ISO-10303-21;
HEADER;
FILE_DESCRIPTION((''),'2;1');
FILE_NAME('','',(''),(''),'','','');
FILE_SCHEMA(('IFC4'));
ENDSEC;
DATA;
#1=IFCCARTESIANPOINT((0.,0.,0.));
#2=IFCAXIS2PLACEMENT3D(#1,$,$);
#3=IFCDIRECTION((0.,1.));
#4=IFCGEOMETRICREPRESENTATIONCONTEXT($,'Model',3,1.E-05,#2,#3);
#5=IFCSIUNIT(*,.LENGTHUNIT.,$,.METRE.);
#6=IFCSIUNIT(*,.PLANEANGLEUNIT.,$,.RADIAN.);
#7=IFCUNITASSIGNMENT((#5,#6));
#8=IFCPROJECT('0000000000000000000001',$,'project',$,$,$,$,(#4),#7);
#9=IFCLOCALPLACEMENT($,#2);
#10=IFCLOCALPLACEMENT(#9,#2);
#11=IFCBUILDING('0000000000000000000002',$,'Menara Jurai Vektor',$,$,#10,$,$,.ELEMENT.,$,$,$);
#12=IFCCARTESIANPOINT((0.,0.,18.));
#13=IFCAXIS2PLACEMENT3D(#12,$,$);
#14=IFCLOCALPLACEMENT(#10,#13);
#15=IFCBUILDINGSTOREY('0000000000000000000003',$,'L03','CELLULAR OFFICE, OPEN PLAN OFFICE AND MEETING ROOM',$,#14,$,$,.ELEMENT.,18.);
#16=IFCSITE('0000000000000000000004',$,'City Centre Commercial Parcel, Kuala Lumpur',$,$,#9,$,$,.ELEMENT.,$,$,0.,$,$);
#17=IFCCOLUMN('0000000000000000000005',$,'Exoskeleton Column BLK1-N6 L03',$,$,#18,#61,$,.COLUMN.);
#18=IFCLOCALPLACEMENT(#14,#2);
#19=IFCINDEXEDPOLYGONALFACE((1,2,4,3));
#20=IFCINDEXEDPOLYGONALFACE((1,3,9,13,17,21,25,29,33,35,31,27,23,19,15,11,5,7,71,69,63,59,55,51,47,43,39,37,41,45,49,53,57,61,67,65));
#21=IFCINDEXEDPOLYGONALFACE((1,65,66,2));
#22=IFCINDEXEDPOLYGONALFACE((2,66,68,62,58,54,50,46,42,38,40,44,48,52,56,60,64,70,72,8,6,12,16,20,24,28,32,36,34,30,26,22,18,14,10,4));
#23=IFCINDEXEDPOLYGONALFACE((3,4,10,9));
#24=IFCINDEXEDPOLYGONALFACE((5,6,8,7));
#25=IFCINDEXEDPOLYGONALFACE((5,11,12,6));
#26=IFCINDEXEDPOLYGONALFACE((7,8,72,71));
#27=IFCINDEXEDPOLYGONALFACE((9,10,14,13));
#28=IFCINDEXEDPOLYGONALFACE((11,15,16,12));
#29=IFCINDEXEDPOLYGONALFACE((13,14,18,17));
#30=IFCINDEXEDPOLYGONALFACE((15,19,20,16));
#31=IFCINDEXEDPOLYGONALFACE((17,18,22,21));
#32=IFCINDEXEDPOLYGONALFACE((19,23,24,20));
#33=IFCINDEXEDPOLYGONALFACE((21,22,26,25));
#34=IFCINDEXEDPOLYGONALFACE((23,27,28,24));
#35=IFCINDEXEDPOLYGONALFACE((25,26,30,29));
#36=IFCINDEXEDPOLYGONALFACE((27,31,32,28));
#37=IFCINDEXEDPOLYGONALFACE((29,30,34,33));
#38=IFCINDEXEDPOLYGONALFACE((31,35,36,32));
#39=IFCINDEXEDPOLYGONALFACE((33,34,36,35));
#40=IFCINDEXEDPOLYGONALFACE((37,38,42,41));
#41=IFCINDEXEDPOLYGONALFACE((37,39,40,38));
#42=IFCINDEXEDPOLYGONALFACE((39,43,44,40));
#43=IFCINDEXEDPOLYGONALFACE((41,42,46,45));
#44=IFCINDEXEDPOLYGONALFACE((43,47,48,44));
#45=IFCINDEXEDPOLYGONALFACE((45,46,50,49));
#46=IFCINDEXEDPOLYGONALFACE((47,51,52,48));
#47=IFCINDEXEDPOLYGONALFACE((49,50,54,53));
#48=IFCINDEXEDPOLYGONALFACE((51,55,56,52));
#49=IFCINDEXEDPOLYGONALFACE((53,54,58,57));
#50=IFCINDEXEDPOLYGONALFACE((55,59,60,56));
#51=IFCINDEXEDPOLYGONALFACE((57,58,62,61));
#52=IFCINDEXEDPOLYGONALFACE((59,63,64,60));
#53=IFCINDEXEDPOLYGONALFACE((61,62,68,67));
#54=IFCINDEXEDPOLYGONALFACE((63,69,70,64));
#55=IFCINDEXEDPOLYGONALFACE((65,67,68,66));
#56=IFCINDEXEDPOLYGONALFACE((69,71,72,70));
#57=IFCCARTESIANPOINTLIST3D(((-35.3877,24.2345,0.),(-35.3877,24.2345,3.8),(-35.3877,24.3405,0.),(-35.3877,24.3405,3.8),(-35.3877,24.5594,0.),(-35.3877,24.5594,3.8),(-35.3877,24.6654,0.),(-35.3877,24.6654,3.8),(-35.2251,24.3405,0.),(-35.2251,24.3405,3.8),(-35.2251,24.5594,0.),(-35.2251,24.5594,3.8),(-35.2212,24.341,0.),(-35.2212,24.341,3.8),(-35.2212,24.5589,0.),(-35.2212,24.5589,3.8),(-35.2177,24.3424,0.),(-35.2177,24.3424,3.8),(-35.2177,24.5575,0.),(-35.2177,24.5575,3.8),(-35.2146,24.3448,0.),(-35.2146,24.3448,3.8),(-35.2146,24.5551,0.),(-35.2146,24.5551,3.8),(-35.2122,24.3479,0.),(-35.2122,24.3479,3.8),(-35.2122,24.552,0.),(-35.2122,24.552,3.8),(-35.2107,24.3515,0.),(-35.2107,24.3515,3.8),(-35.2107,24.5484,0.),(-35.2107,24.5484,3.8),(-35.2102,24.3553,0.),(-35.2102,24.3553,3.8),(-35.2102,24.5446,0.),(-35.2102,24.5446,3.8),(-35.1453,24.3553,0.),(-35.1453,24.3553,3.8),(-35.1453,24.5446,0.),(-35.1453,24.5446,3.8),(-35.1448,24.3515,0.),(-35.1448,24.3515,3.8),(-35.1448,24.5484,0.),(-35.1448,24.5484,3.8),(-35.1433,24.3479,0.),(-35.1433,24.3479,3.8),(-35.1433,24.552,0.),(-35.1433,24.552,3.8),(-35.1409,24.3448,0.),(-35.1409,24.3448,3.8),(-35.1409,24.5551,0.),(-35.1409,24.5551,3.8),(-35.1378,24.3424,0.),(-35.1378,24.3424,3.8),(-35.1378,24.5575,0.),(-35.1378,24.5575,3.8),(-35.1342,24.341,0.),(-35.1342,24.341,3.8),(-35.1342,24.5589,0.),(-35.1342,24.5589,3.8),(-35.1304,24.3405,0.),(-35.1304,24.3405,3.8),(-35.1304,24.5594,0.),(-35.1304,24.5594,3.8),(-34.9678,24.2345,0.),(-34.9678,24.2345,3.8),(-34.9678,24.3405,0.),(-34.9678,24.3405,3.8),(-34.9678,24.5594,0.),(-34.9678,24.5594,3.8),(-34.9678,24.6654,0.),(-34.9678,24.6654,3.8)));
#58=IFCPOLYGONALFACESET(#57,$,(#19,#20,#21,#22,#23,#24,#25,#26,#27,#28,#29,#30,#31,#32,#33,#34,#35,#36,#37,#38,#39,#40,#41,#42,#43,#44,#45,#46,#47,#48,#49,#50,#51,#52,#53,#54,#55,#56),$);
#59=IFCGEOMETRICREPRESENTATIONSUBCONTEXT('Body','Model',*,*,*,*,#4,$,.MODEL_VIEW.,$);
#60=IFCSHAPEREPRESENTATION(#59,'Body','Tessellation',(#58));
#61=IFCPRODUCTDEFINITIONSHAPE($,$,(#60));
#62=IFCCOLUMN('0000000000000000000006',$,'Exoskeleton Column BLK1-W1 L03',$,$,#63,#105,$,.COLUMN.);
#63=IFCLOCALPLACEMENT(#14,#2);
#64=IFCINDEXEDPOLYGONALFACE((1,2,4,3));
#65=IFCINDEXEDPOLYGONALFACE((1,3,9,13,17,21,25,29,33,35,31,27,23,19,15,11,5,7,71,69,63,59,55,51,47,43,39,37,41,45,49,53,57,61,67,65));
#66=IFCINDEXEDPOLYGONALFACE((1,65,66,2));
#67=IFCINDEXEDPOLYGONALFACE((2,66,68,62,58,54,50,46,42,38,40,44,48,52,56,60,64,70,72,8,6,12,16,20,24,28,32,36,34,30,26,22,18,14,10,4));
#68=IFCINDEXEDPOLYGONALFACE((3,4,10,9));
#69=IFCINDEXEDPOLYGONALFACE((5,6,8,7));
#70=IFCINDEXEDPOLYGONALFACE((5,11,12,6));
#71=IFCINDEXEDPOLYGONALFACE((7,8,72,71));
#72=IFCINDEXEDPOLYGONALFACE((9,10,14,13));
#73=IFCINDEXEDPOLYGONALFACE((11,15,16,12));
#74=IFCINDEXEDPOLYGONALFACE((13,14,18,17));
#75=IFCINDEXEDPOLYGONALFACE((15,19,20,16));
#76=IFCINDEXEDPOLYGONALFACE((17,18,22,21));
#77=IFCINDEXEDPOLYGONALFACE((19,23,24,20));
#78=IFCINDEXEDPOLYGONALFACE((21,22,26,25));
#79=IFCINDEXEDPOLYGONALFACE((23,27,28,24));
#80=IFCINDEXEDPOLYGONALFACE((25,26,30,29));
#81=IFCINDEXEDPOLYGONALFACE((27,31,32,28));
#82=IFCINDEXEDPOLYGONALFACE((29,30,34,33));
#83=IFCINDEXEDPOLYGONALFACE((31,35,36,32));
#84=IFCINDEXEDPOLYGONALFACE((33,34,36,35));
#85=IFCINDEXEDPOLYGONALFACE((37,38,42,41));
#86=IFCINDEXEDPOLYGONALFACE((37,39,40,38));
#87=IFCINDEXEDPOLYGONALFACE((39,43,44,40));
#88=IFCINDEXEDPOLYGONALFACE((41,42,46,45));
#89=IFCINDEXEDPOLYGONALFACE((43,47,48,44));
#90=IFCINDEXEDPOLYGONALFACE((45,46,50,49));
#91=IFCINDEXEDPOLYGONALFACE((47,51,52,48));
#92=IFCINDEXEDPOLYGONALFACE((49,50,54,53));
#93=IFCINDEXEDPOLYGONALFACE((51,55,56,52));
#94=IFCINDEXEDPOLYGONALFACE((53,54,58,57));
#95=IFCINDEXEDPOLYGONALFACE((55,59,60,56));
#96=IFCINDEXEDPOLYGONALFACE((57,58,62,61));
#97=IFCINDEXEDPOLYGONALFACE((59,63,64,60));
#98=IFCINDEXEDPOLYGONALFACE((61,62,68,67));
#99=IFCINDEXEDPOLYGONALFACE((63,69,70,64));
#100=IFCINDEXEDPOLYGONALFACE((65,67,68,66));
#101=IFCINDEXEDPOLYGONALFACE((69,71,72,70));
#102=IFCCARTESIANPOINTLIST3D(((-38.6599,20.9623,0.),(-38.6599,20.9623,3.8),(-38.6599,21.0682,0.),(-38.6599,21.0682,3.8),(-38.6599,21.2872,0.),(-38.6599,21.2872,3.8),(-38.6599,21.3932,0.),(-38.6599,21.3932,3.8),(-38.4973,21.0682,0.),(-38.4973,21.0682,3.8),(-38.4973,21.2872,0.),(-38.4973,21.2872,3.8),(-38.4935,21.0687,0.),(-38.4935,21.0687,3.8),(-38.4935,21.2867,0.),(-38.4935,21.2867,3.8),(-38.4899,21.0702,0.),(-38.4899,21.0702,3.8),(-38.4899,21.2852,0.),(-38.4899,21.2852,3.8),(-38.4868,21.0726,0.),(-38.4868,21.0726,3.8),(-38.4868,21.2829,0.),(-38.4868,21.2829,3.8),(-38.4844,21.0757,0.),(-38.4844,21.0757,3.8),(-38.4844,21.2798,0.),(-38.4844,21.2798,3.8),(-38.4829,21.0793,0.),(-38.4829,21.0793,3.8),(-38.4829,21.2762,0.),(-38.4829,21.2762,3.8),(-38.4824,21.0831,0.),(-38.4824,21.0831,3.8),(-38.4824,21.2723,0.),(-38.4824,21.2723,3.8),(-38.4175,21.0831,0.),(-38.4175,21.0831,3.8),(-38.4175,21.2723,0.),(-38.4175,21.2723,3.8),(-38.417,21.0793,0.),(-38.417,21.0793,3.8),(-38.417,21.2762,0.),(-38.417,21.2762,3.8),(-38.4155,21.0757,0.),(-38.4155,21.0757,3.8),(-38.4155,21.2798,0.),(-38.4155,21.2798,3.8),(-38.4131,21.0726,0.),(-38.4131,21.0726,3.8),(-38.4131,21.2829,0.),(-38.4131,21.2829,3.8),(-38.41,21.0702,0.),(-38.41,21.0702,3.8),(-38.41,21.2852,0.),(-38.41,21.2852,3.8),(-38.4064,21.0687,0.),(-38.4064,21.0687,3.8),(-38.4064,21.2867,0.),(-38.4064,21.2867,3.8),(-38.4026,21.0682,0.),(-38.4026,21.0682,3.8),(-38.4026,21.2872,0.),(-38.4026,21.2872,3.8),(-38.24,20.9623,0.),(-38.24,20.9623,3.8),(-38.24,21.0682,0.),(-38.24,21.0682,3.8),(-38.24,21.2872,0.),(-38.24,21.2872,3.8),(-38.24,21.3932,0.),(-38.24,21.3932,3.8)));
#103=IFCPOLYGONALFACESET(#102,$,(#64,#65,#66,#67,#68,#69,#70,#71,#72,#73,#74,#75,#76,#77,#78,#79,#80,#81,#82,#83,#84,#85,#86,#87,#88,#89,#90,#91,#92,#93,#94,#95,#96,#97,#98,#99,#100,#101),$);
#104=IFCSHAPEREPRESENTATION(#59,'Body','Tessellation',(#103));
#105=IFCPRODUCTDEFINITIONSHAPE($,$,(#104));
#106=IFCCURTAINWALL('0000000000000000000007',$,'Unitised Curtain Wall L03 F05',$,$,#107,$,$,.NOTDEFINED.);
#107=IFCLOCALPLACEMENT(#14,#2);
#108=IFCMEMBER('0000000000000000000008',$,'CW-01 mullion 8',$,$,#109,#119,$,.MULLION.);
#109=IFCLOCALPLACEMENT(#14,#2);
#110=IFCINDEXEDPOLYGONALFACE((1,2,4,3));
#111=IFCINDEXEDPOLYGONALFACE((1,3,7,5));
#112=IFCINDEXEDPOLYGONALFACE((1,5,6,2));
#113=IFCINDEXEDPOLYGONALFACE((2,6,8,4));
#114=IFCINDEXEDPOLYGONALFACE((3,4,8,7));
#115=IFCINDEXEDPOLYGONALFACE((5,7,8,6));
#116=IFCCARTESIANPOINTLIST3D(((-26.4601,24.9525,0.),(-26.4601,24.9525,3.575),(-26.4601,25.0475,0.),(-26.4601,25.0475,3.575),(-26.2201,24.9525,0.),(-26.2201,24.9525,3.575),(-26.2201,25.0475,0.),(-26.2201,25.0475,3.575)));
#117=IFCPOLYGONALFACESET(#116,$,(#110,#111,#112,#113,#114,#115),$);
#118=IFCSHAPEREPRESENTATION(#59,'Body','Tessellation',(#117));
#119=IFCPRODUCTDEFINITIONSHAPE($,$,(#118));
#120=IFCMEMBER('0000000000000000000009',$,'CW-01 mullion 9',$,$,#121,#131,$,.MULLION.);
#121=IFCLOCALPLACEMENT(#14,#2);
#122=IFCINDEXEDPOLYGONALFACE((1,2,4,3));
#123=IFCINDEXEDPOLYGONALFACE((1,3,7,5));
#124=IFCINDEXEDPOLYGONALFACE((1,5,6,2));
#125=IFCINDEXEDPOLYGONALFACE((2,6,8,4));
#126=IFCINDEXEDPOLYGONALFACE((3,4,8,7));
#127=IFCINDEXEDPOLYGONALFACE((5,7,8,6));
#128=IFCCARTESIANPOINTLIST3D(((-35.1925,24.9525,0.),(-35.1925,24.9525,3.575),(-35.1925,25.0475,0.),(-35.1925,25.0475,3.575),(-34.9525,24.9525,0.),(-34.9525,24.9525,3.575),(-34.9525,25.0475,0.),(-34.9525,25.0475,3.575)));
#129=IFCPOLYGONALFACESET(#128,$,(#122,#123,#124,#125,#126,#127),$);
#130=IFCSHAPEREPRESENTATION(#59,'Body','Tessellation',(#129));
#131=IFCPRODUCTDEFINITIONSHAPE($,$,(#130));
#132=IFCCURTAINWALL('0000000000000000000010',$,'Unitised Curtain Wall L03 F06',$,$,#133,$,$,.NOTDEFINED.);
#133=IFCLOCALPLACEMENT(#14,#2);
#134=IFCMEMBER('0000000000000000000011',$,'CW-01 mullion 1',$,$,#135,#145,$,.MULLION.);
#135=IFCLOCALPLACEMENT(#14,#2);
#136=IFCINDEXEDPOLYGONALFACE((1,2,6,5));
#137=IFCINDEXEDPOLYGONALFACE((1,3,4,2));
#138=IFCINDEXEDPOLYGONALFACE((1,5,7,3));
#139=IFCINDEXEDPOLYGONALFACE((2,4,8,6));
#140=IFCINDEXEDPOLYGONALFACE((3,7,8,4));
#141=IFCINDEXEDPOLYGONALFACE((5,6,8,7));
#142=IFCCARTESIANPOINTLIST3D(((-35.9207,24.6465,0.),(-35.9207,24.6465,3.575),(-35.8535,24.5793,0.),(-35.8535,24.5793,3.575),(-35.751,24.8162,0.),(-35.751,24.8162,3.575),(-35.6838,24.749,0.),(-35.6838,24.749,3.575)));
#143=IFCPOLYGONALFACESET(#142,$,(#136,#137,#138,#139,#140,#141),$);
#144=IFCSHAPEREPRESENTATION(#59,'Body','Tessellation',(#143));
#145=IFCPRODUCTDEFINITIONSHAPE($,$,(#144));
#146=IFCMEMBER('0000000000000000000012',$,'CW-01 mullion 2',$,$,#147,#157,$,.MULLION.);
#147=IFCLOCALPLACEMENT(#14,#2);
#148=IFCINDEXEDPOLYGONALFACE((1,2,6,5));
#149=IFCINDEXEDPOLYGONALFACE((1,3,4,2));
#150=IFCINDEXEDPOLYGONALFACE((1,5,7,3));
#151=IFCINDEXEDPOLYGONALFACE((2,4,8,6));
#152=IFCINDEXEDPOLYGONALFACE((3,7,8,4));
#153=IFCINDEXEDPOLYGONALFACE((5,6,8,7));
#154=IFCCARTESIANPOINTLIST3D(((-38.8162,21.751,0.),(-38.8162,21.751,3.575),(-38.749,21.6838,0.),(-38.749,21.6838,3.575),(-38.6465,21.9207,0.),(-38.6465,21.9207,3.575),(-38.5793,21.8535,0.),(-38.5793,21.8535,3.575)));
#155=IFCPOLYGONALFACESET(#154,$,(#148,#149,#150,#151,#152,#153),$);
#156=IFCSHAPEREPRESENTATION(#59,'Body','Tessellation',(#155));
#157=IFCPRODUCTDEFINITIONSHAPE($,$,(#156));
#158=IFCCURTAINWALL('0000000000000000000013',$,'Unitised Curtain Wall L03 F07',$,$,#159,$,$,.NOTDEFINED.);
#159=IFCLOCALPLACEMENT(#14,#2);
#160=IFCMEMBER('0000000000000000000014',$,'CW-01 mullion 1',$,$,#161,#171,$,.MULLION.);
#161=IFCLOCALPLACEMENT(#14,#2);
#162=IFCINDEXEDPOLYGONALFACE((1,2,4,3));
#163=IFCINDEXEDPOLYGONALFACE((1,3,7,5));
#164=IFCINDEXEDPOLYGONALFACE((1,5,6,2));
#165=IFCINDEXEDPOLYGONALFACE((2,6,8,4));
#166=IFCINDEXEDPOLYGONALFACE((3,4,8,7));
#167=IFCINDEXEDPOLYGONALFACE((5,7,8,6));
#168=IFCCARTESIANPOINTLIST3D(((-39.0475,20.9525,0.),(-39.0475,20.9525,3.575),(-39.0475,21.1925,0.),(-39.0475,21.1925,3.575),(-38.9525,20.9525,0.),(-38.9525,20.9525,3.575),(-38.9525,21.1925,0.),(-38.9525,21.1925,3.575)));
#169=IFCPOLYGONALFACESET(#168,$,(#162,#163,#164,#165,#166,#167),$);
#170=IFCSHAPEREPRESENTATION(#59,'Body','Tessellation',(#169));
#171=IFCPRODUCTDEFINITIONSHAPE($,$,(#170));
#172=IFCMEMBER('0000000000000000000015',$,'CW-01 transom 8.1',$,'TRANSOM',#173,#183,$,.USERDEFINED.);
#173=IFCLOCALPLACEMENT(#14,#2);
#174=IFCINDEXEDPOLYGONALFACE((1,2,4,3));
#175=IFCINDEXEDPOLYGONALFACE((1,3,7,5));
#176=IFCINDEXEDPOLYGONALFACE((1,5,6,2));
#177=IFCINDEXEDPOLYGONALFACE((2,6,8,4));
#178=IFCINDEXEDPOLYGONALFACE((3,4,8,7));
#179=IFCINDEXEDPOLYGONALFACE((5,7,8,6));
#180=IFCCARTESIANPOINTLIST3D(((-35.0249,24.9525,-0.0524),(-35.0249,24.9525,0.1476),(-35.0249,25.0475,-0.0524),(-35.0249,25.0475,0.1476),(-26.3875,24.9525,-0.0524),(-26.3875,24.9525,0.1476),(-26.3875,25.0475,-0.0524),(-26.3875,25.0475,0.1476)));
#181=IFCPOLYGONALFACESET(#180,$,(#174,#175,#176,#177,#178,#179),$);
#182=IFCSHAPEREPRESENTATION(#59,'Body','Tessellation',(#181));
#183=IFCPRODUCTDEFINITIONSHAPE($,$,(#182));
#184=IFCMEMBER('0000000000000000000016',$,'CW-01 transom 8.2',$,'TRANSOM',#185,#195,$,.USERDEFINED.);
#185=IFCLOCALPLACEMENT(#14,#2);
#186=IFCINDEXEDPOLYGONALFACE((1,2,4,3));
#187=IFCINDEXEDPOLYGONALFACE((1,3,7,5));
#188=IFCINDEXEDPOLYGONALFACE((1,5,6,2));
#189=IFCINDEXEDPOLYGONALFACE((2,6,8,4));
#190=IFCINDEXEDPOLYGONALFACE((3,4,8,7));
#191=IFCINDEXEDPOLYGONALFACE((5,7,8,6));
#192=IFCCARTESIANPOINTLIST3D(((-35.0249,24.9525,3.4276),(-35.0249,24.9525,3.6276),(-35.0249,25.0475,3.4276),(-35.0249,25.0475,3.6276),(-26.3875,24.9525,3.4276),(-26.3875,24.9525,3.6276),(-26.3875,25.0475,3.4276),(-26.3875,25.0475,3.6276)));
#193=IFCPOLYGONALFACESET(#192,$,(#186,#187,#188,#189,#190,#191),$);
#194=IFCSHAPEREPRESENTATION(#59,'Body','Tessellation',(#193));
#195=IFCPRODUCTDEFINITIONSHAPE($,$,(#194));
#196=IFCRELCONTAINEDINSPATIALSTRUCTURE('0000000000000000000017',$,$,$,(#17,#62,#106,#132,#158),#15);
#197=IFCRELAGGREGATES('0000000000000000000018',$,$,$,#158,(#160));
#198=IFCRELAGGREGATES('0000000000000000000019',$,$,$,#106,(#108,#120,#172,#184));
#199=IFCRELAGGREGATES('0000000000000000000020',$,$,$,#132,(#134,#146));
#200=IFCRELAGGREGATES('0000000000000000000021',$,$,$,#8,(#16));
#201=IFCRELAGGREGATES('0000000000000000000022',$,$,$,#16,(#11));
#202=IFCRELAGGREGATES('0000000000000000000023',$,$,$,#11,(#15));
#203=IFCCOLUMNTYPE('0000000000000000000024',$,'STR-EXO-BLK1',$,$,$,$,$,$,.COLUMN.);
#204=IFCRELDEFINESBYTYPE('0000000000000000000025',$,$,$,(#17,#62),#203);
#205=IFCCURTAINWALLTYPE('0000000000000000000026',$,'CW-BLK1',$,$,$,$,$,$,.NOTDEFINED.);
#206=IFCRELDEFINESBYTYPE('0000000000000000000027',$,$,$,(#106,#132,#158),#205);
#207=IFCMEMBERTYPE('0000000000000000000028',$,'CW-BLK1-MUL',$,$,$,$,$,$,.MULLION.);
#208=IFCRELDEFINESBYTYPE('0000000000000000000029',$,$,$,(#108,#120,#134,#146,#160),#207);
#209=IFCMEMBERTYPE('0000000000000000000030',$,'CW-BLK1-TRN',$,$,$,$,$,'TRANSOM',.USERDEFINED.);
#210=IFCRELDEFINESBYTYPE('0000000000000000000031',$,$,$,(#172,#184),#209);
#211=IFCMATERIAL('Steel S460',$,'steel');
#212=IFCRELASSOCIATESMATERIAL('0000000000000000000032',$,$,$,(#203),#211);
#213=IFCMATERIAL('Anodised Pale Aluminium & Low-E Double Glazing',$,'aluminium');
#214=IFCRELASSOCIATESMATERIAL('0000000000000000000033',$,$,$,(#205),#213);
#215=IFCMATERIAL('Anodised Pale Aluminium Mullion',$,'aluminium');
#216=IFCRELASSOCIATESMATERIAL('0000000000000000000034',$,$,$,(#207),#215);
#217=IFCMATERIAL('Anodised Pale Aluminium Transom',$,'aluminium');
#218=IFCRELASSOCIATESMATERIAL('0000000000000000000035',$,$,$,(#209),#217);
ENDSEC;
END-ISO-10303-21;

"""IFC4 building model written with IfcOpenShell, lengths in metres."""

from ifc_helpers import new_model, si_unit, direction, frame, origin, origin_2d, place, context, subcontext, project, spatial, rectangle, i_section, extrude, material, material_profile, profile_set, type_object, element, aggregate, save


model = new_model("IFC4")

# Units and contexts
model_context = context("Model", 3, precision=1e-05, world=origin(), true_north=direction((0.0, 1.0)))
body_context = subcontext(model_context, "Body", "Model", "MODEL_VIEW")
ifc_project = project(units=[si_unit("LENGTHUNIT", "METRE"), si_unit("PLANEANGLEUNIT", "RADIAN")], contexts=[model_context])

# Site, building, storey
site_placement = place(None, origin())
site = spatial("IfcSite", under=ifc_project, at=site_placement, Name="City Centre Commercial Parcel, Kuala Lumpur", CompositionType="ELEMENT", RefElevation=0.0)
building_placement = place(site_placement, origin())
building = spatial("IfcBuilding", under=site, at=building_placement, Name="Menara Jurai Vektor", CompositionType="ELEMENT")
storey_placement = place(building_placement, frame((0.0, 0.0, 18.0)))
storey = spatial("IfcBuildingStorey", under=building, at=storey_placement, Name="L03", Description="CELLULAR OFFICE, OPEN PLAN OFFICE AND MEETING ROOM", CompositionType="ELEMENT", Elevation=18.0)

# Columns
ifc_material_1 = material(Name="Steel S460", Category="steel")
ifc_material_profile_1 = material_profile(ifc_material_1, i_section(OverallWidth=0.4199, OverallDepth=0.4309, WebThickness=0.0649, FlangeThickness=0.106, FilletRadius=0.0149, at=origin_2d()), Name="HD 400x900")
ifc_profile_set_1 = profile_set([ifc_material_profile_1], Name="Steel S460")
column_type = type_object("IfcColumnType", Name="STR-EXO-BLK1", PredefinedType="COLUMN", material=ifc_profile_set_1)
for number, where, z_axis, x_axis, name in (
    (1, (-35.1777, 24.45, 0.0), (0.0, 0.0, 1.0), (1.0, 0.0, 0.0), "Exoskeleton Column BLK1-N6 L03"),
    (2, (-38.45, 21.1777, 0.0), (0.0, 0.0, 1.0), (1.0, 0.0, 0.0), "Exoskeleton Column BLK1-W1 L03"),
):
    element("IfcColumn", number, at=place(storey_placement, frame(where, z_axis=z_axis, x_axis=x_axis)), inside=storey, type_object=column_type, Name=name, PredefinedType="COLUMN", context=body_context, shape_type="SweptSolid", body=[
        extrude(i_section(OverallWidth=0.4199, OverallDepth=0.4309, WebThickness=0.0649, FlangeThickness=0.106, FilletRadius=0.0149, at=origin_2d()), origin(), (0.0, 0.0, 1.0), 3.8),
    ])

# Curtain walls, members
ifc_material_2 = material(Name="Anodised Pale Aluminium & Low-E Double Glazing", Category="aluminium")
curtain_wall_type = type_object("IfcCurtainWallType", Name="CW-BLK1", PredefinedType="NOTDEFINED", material=ifc_material_2)
curtain_wall_1_placement = place(storey_placement, origin())
curtain_wall_1 = element("IfcCurtainWall", 3, at=curtain_wall_1_placement, inside=storey, type_object=curtain_wall_type, Name="Unitised Curtain Wall L03 F05", PredefinedType="NOTDEFINED")
ifc_material_3 = material(Name="Anodised Pale Aluminium Mullion", Category="aluminium")
ifc_material_profile_2 = material_profile(ifc_material_3, rectangle(XDim=0.095, YDim=0.24, at=origin_2d()), Name="ALU MUL 95x240")
ifc_profile_set_2 = profile_set([ifc_material_profile_2], Name="Anodised Pale Aluminium Mullion")
member_type_1 = type_object("IfcMemberType", Name="CW-BLK1-MUL", PredefinedType="MULLION", material=ifc_profile_set_2)
member_1_placement = place(storey_placement, frame((-26.3401, 25.0, 0.0), z_axis=(0.0, 0.0, 1.0), x_axis=(0.0, -1.0, 0.0)))
member_1 = element("IfcMember", 4, at=member_1_placement, type_object=member_type_1, Name="CW-01 mullion 8", PredefinedType="MULLION", context=body_context, shape_type="SweptSolid", body=[
    extrude(rectangle(XDim=0.095, YDim=0.24, at=origin_2d()), origin(), (0.0, 0.0, 1.0), 3.575),
])
member_2_placement = place(storey_placement, frame((-35.0725, 25.0, 0.0), z_axis=(0.0, 0.0, 1.0), x_axis=(0.0, -1.0, 0.0)))
member_2 = element("IfcMember", 5, at=member_2_placement, type_object=member_type_1, Name="CW-01 mullion 9", PredefinedType="MULLION", context=body_context, shape_type="SweptSolid", body=[
    extrude(rectangle(XDim=0.095, YDim=0.24, at=origin_2d()), origin(), (0.0, 0.0, 1.0), 3.575),
])
curtain_wall_2_placement = place(storey_placement, origin())
curtain_wall_2 = element("IfcCurtainWall", 6, at=curtain_wall_2_placement, inside=storey, type_object=curtain_wall_type, Name="Unitised Curtain Wall L03 F06", PredefinedType="NOTDEFINED")
member_3_placement = place(storey_placement, frame((-35.8022, 24.6978, 0.0), z_axis=(0.0, 0.0, 1.0), x_axis=(0.707107, -0.707107, 0.0)))
member_3 = element("IfcMember", 7, at=member_3_placement, type_object=member_type_1, Name="CW-01 mullion 1", PredefinedType="MULLION", context=body_context, shape_type="SweptSolid", body=[
    extrude(rectangle(XDim=0.095, YDim=0.24, at=origin_2d()), origin(), (0.0, 0.0, 1.0), 3.575),
])
member_4_placement = place(storey_placement, frame((-38.6978, 21.8022, 0.0), z_axis=(0.0, 0.0, 1.0), x_axis=(0.707107, -0.707107, 0.0)))
member_4 = element("IfcMember", 8, at=member_4_placement, type_object=member_type_1, Name="CW-01 mullion 2", PredefinedType="MULLION", context=body_context, shape_type="SweptSolid", body=[
    extrude(rectangle(XDim=0.095, YDim=0.24, at=origin_2d()), origin(), (0.0, 0.0, 1.0), 3.575),
])

# Curtain wall, member
curtain_wall_3_placement = place(storey_placement, origin())
curtain_wall_3 = element("IfcCurtainWall", 9, at=curtain_wall_3_placement, inside=storey, type_object=curtain_wall_type, Name="Unitised Curtain Wall L03 F07", PredefinedType="NOTDEFINED")
member_5_placement = place(storey_placement, frame((-39.0, 21.0725, 0.0), z_axis=(0.0, 0.0, 1.0), x_axis=(1.0, 0.0, 0.0)))
member_5 = element("IfcMember", 10, at=member_5_placement, type_object=member_type_1, Name="CW-01 mullion 1", PredefinedType="MULLION", context=body_context, shape_type="SweptSolid", body=[
    extrude(rectangle(XDim=0.095, YDim=0.24, at=origin_2d()), origin(), (0.0, 0.0, 1.0), 3.575),
])
aggregate(curtain_wall_3, [member_5])

# Members
ifc_material_4 = material(Name="Anodised Pale Aluminium Transom", Category="aluminium")
ifc_material_profile_3 = material_profile(ifc_material_4, rectangle(XDim=0.095, YDim=0.2, at=origin_2d()), Name="ALU TRN 95x200")
ifc_profile_set_3 = profile_set([ifc_material_profile_3], Name="Anodised Pale Aluminium Transom")
member_type_2 = type_object("IfcMemberType", Name="CW-BLK1-TRN", ElementType="TRANSOM", PredefinedType="USERDEFINED", material=ifc_profile_set_3)
member_6_placement = place(storey_placement, frame((-26.3875, 25.0, 0.0476), z_axis=(-1.0, 0.0, 0.0), x_axis=(0.0, -1.0, 0.0)))
member_6 = element("IfcMember", 11, at=member_6_placement, type_object=member_type_2, Name="CW-01 transom 8.1", ObjectType="TRANSOM", PredefinedType="USERDEFINED", context=body_context, shape_type="SweptSolid", body=[
    extrude(rectangle(XDim=0.095, YDim=0.2, at=origin_2d()), origin(), (0.0, 0.0, 1.0), 8.6375),
])
member_7_placement = place(storey_placement, frame((-26.3875, 25.0, 3.5276), z_axis=(-1.0, 0.0, 0.0), x_axis=(0.0, -1.0, 0.0)))
member_7 = element("IfcMember", 12, at=member_7_placement, type_object=member_type_2, Name="CW-01 transom 8.2", ObjectType="TRANSOM", PredefinedType="USERDEFINED", context=body_context, shape_type="SweptSolid", body=[
    extrude(rectangle(XDim=0.095, YDim=0.2, at=origin_2d()), origin(), (0.0, 0.0, 1.0), 8.6375),
])

aggregate(curtain_wall_1, [member_1, member_2, member_6, member_7])
aggregate(curtain_wall_2, [member_3, member_4])

save(model, "model.ifc")
